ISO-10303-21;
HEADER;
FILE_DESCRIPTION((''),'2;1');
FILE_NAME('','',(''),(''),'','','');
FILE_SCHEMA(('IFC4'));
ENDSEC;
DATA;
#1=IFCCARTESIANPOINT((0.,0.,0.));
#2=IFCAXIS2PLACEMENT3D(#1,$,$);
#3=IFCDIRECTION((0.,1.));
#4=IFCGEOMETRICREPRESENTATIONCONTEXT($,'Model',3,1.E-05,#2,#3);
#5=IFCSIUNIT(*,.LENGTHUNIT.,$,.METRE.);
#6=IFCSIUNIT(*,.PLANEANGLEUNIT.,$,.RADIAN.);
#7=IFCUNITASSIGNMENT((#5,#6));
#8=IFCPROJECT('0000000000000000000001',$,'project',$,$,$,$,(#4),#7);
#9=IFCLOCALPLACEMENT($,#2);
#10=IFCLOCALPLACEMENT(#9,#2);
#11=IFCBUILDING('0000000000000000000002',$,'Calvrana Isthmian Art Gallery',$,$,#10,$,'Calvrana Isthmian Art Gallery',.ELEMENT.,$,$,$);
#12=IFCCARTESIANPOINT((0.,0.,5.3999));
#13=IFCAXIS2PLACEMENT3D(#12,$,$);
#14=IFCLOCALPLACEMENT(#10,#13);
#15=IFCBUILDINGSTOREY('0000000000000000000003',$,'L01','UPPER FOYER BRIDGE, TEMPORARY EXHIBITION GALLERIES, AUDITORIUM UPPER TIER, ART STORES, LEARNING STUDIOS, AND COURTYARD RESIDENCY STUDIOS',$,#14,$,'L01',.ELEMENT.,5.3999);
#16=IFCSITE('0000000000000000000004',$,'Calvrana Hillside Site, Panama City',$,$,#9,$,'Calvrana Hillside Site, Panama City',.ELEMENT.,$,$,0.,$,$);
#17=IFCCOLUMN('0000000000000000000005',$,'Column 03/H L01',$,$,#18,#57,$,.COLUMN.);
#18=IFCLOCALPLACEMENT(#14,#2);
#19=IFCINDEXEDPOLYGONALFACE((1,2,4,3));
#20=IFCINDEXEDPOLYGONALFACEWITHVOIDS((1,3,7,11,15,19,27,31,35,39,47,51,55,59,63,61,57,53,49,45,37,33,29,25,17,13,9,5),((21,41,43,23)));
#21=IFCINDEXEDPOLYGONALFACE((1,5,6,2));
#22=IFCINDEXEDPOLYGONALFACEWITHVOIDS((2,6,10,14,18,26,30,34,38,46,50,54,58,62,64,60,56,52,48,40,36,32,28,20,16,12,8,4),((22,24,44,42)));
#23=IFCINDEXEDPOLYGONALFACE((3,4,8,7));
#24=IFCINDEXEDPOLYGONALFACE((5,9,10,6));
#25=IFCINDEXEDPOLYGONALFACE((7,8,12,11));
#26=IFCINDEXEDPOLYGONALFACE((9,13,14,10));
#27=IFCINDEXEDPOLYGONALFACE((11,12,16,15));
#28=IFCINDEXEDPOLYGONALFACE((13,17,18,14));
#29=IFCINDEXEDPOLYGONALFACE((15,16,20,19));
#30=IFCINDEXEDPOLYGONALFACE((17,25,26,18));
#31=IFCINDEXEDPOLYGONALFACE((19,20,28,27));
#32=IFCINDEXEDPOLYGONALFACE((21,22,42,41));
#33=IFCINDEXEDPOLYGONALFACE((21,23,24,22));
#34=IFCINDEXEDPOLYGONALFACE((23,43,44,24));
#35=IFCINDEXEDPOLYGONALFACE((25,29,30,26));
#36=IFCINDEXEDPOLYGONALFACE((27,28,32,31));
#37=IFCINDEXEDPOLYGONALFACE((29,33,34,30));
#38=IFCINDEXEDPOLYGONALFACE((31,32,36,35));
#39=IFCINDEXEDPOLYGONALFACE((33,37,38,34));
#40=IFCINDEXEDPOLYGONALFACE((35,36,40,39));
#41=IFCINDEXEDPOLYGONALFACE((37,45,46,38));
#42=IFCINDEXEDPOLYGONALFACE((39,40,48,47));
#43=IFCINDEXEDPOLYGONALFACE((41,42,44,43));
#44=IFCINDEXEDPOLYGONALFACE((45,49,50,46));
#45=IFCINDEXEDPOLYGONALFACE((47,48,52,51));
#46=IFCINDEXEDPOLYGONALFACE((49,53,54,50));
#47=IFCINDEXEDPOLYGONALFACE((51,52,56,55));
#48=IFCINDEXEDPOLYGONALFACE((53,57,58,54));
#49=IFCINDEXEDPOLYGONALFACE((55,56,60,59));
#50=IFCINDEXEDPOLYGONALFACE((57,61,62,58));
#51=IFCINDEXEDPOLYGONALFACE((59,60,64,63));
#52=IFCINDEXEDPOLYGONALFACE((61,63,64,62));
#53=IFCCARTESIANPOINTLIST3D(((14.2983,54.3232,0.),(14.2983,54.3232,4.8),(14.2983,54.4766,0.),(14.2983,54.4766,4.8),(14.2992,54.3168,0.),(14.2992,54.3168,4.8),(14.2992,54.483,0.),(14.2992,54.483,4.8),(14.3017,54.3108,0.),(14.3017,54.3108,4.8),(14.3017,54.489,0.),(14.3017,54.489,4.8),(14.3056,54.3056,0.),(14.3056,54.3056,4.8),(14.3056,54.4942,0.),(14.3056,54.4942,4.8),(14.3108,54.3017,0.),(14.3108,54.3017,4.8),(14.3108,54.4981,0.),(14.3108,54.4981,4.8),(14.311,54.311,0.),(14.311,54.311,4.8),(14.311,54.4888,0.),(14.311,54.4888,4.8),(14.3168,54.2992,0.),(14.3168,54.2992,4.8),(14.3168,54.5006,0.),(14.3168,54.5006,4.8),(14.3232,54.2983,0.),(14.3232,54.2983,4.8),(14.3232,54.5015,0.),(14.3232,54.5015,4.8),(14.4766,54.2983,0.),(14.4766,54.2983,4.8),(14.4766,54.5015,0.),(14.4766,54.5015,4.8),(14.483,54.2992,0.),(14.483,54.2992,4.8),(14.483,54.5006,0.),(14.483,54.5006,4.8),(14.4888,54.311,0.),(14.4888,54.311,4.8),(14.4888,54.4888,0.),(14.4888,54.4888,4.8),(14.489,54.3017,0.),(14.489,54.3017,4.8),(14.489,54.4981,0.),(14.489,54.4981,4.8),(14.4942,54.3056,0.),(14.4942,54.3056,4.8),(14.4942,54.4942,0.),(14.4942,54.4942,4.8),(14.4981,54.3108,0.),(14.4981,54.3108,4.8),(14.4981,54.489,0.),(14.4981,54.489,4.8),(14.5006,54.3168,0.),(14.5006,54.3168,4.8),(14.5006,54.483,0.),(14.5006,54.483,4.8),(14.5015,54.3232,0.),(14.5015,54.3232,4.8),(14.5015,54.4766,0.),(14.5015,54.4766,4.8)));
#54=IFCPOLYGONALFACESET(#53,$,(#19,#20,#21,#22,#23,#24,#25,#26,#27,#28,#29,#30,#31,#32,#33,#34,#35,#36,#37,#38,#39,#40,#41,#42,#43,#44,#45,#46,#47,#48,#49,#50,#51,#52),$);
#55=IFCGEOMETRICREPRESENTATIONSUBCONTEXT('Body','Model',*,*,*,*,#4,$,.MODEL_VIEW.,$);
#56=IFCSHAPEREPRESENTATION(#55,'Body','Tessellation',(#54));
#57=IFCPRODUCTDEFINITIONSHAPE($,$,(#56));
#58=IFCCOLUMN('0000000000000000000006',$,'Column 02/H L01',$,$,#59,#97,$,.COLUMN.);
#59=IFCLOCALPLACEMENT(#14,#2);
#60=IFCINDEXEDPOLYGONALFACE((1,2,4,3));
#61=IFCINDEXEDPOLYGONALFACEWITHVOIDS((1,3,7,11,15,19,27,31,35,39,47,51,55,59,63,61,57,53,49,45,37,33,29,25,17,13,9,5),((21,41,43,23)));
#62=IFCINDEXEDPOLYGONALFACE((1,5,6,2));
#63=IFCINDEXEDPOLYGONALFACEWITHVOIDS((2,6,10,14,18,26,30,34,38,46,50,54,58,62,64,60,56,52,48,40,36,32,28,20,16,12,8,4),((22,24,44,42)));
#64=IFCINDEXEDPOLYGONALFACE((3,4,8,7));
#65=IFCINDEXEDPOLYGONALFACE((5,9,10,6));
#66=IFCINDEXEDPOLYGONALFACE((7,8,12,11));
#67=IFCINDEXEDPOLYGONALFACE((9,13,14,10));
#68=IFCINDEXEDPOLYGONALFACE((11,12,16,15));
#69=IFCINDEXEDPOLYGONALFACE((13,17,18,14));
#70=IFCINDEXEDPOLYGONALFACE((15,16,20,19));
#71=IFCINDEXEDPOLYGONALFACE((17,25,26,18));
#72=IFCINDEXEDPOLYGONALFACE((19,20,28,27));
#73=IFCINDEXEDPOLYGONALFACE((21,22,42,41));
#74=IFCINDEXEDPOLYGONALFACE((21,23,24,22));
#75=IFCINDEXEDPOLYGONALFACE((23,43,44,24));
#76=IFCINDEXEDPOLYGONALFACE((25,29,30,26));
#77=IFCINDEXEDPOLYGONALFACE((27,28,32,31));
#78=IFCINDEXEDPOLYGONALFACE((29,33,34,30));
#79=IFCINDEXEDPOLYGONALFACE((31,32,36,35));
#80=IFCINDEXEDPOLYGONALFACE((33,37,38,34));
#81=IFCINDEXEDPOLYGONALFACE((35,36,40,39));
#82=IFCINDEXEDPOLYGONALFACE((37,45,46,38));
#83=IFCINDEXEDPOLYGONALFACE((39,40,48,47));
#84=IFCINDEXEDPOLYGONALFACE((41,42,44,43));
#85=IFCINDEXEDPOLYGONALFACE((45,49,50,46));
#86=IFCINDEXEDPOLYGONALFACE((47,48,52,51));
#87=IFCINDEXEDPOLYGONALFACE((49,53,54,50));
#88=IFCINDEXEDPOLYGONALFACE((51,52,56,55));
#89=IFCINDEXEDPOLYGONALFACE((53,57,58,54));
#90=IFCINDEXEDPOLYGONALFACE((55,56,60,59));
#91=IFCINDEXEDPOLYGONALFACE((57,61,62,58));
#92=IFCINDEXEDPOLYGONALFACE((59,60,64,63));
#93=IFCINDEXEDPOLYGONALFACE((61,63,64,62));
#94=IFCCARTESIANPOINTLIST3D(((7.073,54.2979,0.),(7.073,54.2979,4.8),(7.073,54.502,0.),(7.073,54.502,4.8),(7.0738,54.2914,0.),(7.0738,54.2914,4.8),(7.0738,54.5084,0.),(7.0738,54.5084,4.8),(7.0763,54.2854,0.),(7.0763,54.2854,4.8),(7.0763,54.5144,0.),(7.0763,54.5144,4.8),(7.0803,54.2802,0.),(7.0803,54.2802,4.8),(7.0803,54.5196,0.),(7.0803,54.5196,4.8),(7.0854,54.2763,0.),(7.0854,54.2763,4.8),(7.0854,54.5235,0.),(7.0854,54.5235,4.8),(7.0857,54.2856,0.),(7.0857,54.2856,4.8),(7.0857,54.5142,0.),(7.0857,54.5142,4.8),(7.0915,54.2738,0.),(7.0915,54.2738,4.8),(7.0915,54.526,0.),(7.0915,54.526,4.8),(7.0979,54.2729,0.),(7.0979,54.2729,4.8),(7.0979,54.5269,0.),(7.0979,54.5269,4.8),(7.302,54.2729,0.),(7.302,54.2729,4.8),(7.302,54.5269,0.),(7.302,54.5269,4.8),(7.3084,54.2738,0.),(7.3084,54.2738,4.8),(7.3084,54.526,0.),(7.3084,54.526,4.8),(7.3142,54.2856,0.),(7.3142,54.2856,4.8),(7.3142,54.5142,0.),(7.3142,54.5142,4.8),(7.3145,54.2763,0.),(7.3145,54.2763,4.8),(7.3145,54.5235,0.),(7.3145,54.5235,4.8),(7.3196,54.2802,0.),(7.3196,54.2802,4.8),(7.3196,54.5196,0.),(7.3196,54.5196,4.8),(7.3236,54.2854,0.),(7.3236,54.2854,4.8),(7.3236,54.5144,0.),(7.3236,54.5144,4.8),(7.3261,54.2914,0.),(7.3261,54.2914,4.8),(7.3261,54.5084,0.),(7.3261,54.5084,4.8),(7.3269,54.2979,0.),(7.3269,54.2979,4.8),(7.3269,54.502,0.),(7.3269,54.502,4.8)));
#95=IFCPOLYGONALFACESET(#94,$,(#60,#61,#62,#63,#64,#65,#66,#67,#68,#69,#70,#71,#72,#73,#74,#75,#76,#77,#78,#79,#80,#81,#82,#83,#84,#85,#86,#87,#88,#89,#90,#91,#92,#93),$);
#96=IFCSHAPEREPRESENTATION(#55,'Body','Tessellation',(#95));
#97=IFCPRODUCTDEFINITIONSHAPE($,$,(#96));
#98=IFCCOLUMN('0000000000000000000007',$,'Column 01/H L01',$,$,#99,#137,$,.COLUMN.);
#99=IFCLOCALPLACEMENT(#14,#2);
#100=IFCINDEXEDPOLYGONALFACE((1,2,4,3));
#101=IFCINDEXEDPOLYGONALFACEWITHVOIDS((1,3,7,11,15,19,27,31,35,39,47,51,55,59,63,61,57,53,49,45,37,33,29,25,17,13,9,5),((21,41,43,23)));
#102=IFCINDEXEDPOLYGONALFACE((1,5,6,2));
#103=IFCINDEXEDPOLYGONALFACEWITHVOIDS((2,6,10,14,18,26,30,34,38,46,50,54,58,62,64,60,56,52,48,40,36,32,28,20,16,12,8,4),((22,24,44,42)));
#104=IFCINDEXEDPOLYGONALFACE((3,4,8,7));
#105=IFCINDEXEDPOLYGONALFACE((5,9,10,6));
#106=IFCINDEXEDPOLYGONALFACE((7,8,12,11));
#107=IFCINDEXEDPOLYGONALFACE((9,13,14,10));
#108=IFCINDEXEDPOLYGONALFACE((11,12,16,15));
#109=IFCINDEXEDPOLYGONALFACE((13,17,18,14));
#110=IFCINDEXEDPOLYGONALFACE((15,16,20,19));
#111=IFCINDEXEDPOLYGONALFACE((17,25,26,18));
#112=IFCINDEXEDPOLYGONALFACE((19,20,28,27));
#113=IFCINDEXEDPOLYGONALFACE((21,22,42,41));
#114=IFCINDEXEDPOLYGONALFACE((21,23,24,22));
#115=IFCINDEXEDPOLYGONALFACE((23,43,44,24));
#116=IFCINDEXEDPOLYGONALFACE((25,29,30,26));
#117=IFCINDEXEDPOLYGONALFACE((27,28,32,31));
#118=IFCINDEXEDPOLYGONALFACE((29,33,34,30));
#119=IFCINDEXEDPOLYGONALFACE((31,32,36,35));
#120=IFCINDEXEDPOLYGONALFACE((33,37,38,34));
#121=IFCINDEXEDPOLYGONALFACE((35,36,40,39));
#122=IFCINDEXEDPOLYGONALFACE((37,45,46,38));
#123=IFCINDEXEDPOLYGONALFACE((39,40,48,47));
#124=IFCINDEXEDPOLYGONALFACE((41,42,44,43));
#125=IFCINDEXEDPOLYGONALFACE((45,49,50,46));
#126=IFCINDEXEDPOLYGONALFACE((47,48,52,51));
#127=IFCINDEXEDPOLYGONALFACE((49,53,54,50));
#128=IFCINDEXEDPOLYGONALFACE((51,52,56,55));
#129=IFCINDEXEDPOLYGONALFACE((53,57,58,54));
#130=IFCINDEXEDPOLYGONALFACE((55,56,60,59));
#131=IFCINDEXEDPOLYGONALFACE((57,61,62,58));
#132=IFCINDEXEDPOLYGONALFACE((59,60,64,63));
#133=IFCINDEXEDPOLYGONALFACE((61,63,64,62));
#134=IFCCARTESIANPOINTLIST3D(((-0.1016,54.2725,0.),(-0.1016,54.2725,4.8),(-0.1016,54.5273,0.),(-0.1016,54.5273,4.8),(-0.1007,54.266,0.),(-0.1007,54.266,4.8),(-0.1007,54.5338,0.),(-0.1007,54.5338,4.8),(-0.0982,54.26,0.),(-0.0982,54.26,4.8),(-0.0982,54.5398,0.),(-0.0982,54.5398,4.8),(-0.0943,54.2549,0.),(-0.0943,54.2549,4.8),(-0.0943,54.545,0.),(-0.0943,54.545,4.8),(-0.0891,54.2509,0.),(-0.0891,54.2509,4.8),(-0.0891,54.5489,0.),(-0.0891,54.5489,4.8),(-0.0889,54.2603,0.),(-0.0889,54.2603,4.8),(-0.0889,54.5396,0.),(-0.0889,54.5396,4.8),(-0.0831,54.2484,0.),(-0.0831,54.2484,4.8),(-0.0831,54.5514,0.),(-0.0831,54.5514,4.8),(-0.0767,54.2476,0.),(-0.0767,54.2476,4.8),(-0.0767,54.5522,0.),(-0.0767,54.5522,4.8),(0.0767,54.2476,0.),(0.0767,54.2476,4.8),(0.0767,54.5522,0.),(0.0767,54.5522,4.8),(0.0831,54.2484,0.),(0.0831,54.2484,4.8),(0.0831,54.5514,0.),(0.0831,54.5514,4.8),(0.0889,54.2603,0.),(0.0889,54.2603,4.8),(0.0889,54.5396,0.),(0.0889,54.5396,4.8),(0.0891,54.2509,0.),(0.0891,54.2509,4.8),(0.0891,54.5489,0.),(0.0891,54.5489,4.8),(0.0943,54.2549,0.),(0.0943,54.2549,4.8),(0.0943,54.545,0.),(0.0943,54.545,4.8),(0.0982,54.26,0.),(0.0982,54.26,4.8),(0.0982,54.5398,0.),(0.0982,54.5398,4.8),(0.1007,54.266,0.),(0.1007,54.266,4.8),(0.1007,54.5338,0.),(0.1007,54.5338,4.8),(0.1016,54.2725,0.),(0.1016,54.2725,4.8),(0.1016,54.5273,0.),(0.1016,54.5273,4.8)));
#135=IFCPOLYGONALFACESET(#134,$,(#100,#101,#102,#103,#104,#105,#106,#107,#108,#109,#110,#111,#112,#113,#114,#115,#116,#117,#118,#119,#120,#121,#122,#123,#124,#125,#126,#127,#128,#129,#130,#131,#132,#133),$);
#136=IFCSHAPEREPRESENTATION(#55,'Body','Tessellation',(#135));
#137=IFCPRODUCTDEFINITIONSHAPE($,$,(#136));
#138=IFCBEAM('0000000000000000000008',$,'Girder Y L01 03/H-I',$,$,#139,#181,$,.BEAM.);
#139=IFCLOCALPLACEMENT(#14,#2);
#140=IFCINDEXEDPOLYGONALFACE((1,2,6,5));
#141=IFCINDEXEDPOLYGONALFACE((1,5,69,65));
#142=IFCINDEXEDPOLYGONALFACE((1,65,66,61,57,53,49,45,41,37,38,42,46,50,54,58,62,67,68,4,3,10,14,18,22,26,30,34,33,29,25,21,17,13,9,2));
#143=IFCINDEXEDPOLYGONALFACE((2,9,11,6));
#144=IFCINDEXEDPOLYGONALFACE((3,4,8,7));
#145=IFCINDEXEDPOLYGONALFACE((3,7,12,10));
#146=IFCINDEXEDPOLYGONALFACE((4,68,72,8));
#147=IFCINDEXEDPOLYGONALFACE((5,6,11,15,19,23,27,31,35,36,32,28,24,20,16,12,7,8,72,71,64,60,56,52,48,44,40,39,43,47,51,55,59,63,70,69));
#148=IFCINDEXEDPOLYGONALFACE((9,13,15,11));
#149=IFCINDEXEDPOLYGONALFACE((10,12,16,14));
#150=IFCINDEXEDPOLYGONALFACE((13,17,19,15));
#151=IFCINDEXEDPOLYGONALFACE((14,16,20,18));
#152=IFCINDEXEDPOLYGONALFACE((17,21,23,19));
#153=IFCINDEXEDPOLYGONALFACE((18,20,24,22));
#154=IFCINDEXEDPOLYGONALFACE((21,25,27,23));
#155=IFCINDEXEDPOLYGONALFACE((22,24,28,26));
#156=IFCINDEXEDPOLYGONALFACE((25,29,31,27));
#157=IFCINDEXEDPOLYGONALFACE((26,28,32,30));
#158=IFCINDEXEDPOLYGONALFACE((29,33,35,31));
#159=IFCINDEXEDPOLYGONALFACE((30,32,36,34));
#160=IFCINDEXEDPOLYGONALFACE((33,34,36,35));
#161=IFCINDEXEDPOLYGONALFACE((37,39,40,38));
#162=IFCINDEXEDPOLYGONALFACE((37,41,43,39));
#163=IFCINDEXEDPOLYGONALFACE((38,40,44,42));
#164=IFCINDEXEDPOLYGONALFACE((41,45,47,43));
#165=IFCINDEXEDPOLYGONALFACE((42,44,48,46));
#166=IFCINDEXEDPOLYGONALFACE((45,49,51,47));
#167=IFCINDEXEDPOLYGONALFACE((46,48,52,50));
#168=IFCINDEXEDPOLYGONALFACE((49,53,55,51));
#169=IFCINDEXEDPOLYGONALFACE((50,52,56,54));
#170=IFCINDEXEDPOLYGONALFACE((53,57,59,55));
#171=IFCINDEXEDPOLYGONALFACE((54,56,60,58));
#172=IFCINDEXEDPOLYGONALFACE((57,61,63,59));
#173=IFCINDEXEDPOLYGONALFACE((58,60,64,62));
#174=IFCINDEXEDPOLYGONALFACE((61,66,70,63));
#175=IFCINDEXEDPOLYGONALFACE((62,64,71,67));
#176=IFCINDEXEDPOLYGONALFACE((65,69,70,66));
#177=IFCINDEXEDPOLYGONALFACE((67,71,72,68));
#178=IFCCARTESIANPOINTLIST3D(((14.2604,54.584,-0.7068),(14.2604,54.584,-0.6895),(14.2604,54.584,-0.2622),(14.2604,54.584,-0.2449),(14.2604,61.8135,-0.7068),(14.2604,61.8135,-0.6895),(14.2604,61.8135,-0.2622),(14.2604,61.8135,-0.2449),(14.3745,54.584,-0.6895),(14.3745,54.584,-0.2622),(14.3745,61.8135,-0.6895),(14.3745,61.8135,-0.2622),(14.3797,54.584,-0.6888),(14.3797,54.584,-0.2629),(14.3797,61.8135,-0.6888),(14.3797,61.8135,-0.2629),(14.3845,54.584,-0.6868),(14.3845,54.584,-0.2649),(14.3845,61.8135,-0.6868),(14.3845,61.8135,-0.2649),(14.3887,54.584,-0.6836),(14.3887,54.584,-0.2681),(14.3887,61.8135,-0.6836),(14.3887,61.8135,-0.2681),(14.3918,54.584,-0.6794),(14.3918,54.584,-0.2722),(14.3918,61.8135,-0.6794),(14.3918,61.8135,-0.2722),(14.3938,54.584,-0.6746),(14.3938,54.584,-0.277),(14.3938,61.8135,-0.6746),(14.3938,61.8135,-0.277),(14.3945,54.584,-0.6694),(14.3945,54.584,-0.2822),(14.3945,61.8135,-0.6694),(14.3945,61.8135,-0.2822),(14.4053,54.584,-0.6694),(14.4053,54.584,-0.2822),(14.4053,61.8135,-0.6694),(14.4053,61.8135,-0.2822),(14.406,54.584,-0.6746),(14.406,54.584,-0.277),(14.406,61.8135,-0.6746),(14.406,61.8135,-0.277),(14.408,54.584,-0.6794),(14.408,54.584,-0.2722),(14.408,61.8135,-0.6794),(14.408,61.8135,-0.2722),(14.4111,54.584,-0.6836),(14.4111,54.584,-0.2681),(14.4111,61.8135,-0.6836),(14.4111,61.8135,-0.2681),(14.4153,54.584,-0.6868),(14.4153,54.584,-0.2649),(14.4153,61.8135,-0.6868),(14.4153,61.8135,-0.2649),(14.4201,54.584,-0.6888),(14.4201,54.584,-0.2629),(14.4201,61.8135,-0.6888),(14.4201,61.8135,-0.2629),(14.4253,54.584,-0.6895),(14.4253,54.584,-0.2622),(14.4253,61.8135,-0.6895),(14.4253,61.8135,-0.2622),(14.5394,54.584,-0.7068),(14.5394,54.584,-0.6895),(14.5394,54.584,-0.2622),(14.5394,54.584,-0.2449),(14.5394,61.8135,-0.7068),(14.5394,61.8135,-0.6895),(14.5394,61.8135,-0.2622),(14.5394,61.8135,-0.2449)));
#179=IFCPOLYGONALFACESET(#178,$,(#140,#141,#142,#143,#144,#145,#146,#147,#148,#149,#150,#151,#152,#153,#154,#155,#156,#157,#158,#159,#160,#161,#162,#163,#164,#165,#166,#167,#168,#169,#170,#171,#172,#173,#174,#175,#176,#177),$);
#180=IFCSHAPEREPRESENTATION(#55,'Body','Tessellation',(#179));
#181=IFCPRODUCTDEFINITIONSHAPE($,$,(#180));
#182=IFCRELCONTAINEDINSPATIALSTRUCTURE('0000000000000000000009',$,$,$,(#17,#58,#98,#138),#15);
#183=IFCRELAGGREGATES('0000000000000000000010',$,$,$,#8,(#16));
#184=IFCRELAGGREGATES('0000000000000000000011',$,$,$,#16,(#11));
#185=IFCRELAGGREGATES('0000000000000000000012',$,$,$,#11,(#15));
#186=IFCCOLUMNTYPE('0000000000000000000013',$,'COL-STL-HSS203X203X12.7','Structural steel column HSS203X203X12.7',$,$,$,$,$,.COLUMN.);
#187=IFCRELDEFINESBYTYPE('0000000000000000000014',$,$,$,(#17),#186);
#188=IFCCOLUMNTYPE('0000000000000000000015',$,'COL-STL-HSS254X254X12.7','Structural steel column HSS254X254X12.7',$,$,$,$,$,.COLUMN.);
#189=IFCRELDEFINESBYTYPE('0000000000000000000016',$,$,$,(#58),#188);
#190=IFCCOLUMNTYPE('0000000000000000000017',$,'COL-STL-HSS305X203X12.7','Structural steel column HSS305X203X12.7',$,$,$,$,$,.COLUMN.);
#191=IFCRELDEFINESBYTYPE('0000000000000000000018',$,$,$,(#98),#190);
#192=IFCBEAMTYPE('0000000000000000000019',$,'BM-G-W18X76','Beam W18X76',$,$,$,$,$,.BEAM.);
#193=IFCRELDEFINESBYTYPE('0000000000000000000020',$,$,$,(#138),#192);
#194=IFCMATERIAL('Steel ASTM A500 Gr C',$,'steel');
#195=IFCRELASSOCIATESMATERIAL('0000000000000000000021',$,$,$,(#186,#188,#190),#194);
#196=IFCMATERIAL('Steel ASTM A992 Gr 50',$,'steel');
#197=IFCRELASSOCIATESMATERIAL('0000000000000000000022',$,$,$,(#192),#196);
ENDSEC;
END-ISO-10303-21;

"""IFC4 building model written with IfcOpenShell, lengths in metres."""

from ifc_helpers import new_model, si_unit, direction, frame, origin, origin_2d, place, context, subcontext, project, spatial, hollow_rectangle, i_section, extrude, material, material_profile, profile_set, type_object, element, save


model = new_model("IFC4")

# Units and contexts
model_context = context("Model", 3, precision=1e-05, world=origin(), true_north=direction((0.0, 1.0)))
body_context = subcontext(model_context, "Body", "Model", "MODEL_VIEW")
ifc_project = project(units=[si_unit("LENGTHUNIT", "METRE"), si_unit("PLANEANGLEUNIT", "RADIAN")], contexts=[model_context])

# Site, building, storey
site_placement = place(None, origin())
site = spatial("IfcSite", under=ifc_project, at=site_placement, Name="Calvrana Hillside Site, Panama City", LongName="Calvrana Hillside Site, Panama City", CompositionType="ELEMENT", RefElevation=0.0)
building_placement = place(site_placement, origin())
building = spatial("IfcBuilding", under=site, at=building_placement, Name="Calvrana Isthmian Art Gallery", LongName="Calvrana Isthmian Art Gallery", CompositionType="ELEMENT")
storey_placement = place(building_placement, frame((0.0, 0.0, 5.3999)))
storey = spatial("IfcBuildingStorey", under=building, at=storey_placement, Name="L01", Description="UPPER FOYER BRIDGE, TEMPORARY EXHIBITION GALLERIES, AUDITORIUM UPPER TIER, ART STORES, LEARNING STUDIOS, AND COURTYARD RESIDENCY STUDIOS", LongName="L01", CompositionType="ELEMENT", Elevation=5.3999)

# Columns
ifc_material_1 = material(Name="Steel ASTM A500 Gr C", Category="steel")
ifc_material_profile_1 = material_profile(ifc_material_1, hollow_rectangle(XDim=0.2031, YDim=0.2031, WallThickness=0.0127, OuterFilletRadius=0.0249, at=origin_2d()), Name="HSS203X203X12.7")
ifc_profile_set_1 = profile_set([ifc_material_profile_1], Name="Steel ASTM A500 Gr C")
column_type_1 = type_object("IfcColumnType", Name="COL-STL-HSS203X203X12.7", Description="Structural steel column HSS203X203X12.7", PredefinedType="COLUMN", material=ifc_profile_set_1)
column_1_placement = place(storey_placement, frame((14.3999, 54.3999, 0.0), z_axis=(0.0, 0.0, 1.0), x_axis=(1.0, 0.0, 0.0)))
element("IfcColumn", 1, at=column_1_placement, inside=storey, type_object=column_type_1, Name="Column 03/H L01", PredefinedType="COLUMN", context=body_context, shape_type="SweptSolid", body=[
    extrude(hollow_rectangle(XDim=0.2031, YDim=0.2031, WallThickness=0.0127, OuterFilletRadius=0.0249, at=origin_2d()), origin(), (0.0, 0.0, 1.0), 4.8),
])
ifc_material_profile_2 = material_profile(ifc_material_1, hollow_rectangle(XDim=0.2539, YDim=0.2539, WallThickness=0.0127, OuterFilletRadius=0.0249, at=origin_2d()), Name="HSS254X254X12.7")
ifc_profile_set_2 = profile_set([ifc_material_profile_2], Name="Steel ASTM A500 Gr C")
column_type_2 = type_object("IfcColumnType", Name="COL-STL-HSS254X254X12.7", Description="Structural steel column HSS254X254X12.7", PredefinedType="COLUMN", material=ifc_profile_set_2)
column_2_placement = place(storey_placement, frame((7.2, 54.3999, 0.0), z_axis=(0.0, 0.0, 1.0), x_axis=(1.0, 0.0, 0.0)))
element("IfcColumn", 2, at=column_2_placement, inside=storey, type_object=column_type_2, Name="Column 02/H L01", PredefinedType="COLUMN", context=body_context, shape_type="SweptSolid", body=[
    extrude(hollow_rectangle(XDim=0.2539, YDim=0.2539, WallThickness=0.0127, OuterFilletRadius=0.0249, at=origin_2d()), origin(), (0.0, 0.0, 1.0), 4.8),
])
ifc_material_profile_3 = material_profile(ifc_material_1, hollow_rectangle(XDim=0.2031, YDim=0.3047, WallThickness=0.0127, OuterFilletRadius=0.0249, at=origin_2d()), Name="HSS305X203X12.7")
ifc_profile_set_3 = profile_set([ifc_material_profile_3], Name="Steel ASTM A500 Gr C")
column_type_3 = type_object("IfcColumnType", Name="COL-STL-HSS305X203X12.7", Description="Structural steel column HSS305X203X12.7", PredefinedType="COLUMN", material=ifc_profile_set_3)
column_3_placement = place(storey_placement, frame((0.0, 54.3999, 0.0), z_axis=(0.0, 0.0, 1.0), x_axis=(1.0, 0.0, 0.0)))
element("IfcColumn", 3, at=column_3_placement, inside=storey, type_object=column_type_3, Name="Column 01/H L01", PredefinedType="COLUMN", context=body_context, shape_type="SweptSolid", body=[
    extrude(hollow_rectangle(XDim=0.2031, YDim=0.3047, WallThickness=0.0127, OuterFilletRadius=0.0249, at=origin_2d()), origin(), (0.0, 0.0, 1.0), 4.8),
])

# Beam
ifc_material_2 = material(Name="Steel ASTM A992 Gr 50", Category="steel")
ifc_material_profile_4 = material_profile(ifc_material_2, i_section(OverallWidth=0.2791, OverallDepth=0.4619, WebThickness=0.0107, FlangeThickness=0.0173, FilletRadius=0.02, at=origin_2d()), Name="W18X76")
ifc_profile_set_4 = profile_set([ifc_material_profile_4], Name="Steel ASTM A992 Gr 50")
beam_type_1 = type_object("IfcBeamType", Name="BM-G-W18X76", Description="Beam W18X76", PredefinedType="BEAM", material=ifc_profile_set_4)
beam_1_placement = place(storey_placement, frame((14.3999, 54.584, -0.4758), z_axis=(0.0, 1.0, 0.0), x_axis=(-1.0, 0.0, 0.0)))
element("IfcBeam", 4, at=beam_1_placement, inside=storey, type_object=beam_type_1, Name="Girder Y L01 03/H-I", PredefinedType="BEAM", context=body_context, shape_type="SweptSolid", body=[
    extrude(i_section(OverallWidth=0.2791, OverallDepth=0.4619, WebThickness=0.0107, FlangeThickness=0.0173, FilletRadius=0.02, at=origin_2d()), origin(), (0.0, 0.0, 1.0), 7.2295),
])

save(model, "model.ifc")
